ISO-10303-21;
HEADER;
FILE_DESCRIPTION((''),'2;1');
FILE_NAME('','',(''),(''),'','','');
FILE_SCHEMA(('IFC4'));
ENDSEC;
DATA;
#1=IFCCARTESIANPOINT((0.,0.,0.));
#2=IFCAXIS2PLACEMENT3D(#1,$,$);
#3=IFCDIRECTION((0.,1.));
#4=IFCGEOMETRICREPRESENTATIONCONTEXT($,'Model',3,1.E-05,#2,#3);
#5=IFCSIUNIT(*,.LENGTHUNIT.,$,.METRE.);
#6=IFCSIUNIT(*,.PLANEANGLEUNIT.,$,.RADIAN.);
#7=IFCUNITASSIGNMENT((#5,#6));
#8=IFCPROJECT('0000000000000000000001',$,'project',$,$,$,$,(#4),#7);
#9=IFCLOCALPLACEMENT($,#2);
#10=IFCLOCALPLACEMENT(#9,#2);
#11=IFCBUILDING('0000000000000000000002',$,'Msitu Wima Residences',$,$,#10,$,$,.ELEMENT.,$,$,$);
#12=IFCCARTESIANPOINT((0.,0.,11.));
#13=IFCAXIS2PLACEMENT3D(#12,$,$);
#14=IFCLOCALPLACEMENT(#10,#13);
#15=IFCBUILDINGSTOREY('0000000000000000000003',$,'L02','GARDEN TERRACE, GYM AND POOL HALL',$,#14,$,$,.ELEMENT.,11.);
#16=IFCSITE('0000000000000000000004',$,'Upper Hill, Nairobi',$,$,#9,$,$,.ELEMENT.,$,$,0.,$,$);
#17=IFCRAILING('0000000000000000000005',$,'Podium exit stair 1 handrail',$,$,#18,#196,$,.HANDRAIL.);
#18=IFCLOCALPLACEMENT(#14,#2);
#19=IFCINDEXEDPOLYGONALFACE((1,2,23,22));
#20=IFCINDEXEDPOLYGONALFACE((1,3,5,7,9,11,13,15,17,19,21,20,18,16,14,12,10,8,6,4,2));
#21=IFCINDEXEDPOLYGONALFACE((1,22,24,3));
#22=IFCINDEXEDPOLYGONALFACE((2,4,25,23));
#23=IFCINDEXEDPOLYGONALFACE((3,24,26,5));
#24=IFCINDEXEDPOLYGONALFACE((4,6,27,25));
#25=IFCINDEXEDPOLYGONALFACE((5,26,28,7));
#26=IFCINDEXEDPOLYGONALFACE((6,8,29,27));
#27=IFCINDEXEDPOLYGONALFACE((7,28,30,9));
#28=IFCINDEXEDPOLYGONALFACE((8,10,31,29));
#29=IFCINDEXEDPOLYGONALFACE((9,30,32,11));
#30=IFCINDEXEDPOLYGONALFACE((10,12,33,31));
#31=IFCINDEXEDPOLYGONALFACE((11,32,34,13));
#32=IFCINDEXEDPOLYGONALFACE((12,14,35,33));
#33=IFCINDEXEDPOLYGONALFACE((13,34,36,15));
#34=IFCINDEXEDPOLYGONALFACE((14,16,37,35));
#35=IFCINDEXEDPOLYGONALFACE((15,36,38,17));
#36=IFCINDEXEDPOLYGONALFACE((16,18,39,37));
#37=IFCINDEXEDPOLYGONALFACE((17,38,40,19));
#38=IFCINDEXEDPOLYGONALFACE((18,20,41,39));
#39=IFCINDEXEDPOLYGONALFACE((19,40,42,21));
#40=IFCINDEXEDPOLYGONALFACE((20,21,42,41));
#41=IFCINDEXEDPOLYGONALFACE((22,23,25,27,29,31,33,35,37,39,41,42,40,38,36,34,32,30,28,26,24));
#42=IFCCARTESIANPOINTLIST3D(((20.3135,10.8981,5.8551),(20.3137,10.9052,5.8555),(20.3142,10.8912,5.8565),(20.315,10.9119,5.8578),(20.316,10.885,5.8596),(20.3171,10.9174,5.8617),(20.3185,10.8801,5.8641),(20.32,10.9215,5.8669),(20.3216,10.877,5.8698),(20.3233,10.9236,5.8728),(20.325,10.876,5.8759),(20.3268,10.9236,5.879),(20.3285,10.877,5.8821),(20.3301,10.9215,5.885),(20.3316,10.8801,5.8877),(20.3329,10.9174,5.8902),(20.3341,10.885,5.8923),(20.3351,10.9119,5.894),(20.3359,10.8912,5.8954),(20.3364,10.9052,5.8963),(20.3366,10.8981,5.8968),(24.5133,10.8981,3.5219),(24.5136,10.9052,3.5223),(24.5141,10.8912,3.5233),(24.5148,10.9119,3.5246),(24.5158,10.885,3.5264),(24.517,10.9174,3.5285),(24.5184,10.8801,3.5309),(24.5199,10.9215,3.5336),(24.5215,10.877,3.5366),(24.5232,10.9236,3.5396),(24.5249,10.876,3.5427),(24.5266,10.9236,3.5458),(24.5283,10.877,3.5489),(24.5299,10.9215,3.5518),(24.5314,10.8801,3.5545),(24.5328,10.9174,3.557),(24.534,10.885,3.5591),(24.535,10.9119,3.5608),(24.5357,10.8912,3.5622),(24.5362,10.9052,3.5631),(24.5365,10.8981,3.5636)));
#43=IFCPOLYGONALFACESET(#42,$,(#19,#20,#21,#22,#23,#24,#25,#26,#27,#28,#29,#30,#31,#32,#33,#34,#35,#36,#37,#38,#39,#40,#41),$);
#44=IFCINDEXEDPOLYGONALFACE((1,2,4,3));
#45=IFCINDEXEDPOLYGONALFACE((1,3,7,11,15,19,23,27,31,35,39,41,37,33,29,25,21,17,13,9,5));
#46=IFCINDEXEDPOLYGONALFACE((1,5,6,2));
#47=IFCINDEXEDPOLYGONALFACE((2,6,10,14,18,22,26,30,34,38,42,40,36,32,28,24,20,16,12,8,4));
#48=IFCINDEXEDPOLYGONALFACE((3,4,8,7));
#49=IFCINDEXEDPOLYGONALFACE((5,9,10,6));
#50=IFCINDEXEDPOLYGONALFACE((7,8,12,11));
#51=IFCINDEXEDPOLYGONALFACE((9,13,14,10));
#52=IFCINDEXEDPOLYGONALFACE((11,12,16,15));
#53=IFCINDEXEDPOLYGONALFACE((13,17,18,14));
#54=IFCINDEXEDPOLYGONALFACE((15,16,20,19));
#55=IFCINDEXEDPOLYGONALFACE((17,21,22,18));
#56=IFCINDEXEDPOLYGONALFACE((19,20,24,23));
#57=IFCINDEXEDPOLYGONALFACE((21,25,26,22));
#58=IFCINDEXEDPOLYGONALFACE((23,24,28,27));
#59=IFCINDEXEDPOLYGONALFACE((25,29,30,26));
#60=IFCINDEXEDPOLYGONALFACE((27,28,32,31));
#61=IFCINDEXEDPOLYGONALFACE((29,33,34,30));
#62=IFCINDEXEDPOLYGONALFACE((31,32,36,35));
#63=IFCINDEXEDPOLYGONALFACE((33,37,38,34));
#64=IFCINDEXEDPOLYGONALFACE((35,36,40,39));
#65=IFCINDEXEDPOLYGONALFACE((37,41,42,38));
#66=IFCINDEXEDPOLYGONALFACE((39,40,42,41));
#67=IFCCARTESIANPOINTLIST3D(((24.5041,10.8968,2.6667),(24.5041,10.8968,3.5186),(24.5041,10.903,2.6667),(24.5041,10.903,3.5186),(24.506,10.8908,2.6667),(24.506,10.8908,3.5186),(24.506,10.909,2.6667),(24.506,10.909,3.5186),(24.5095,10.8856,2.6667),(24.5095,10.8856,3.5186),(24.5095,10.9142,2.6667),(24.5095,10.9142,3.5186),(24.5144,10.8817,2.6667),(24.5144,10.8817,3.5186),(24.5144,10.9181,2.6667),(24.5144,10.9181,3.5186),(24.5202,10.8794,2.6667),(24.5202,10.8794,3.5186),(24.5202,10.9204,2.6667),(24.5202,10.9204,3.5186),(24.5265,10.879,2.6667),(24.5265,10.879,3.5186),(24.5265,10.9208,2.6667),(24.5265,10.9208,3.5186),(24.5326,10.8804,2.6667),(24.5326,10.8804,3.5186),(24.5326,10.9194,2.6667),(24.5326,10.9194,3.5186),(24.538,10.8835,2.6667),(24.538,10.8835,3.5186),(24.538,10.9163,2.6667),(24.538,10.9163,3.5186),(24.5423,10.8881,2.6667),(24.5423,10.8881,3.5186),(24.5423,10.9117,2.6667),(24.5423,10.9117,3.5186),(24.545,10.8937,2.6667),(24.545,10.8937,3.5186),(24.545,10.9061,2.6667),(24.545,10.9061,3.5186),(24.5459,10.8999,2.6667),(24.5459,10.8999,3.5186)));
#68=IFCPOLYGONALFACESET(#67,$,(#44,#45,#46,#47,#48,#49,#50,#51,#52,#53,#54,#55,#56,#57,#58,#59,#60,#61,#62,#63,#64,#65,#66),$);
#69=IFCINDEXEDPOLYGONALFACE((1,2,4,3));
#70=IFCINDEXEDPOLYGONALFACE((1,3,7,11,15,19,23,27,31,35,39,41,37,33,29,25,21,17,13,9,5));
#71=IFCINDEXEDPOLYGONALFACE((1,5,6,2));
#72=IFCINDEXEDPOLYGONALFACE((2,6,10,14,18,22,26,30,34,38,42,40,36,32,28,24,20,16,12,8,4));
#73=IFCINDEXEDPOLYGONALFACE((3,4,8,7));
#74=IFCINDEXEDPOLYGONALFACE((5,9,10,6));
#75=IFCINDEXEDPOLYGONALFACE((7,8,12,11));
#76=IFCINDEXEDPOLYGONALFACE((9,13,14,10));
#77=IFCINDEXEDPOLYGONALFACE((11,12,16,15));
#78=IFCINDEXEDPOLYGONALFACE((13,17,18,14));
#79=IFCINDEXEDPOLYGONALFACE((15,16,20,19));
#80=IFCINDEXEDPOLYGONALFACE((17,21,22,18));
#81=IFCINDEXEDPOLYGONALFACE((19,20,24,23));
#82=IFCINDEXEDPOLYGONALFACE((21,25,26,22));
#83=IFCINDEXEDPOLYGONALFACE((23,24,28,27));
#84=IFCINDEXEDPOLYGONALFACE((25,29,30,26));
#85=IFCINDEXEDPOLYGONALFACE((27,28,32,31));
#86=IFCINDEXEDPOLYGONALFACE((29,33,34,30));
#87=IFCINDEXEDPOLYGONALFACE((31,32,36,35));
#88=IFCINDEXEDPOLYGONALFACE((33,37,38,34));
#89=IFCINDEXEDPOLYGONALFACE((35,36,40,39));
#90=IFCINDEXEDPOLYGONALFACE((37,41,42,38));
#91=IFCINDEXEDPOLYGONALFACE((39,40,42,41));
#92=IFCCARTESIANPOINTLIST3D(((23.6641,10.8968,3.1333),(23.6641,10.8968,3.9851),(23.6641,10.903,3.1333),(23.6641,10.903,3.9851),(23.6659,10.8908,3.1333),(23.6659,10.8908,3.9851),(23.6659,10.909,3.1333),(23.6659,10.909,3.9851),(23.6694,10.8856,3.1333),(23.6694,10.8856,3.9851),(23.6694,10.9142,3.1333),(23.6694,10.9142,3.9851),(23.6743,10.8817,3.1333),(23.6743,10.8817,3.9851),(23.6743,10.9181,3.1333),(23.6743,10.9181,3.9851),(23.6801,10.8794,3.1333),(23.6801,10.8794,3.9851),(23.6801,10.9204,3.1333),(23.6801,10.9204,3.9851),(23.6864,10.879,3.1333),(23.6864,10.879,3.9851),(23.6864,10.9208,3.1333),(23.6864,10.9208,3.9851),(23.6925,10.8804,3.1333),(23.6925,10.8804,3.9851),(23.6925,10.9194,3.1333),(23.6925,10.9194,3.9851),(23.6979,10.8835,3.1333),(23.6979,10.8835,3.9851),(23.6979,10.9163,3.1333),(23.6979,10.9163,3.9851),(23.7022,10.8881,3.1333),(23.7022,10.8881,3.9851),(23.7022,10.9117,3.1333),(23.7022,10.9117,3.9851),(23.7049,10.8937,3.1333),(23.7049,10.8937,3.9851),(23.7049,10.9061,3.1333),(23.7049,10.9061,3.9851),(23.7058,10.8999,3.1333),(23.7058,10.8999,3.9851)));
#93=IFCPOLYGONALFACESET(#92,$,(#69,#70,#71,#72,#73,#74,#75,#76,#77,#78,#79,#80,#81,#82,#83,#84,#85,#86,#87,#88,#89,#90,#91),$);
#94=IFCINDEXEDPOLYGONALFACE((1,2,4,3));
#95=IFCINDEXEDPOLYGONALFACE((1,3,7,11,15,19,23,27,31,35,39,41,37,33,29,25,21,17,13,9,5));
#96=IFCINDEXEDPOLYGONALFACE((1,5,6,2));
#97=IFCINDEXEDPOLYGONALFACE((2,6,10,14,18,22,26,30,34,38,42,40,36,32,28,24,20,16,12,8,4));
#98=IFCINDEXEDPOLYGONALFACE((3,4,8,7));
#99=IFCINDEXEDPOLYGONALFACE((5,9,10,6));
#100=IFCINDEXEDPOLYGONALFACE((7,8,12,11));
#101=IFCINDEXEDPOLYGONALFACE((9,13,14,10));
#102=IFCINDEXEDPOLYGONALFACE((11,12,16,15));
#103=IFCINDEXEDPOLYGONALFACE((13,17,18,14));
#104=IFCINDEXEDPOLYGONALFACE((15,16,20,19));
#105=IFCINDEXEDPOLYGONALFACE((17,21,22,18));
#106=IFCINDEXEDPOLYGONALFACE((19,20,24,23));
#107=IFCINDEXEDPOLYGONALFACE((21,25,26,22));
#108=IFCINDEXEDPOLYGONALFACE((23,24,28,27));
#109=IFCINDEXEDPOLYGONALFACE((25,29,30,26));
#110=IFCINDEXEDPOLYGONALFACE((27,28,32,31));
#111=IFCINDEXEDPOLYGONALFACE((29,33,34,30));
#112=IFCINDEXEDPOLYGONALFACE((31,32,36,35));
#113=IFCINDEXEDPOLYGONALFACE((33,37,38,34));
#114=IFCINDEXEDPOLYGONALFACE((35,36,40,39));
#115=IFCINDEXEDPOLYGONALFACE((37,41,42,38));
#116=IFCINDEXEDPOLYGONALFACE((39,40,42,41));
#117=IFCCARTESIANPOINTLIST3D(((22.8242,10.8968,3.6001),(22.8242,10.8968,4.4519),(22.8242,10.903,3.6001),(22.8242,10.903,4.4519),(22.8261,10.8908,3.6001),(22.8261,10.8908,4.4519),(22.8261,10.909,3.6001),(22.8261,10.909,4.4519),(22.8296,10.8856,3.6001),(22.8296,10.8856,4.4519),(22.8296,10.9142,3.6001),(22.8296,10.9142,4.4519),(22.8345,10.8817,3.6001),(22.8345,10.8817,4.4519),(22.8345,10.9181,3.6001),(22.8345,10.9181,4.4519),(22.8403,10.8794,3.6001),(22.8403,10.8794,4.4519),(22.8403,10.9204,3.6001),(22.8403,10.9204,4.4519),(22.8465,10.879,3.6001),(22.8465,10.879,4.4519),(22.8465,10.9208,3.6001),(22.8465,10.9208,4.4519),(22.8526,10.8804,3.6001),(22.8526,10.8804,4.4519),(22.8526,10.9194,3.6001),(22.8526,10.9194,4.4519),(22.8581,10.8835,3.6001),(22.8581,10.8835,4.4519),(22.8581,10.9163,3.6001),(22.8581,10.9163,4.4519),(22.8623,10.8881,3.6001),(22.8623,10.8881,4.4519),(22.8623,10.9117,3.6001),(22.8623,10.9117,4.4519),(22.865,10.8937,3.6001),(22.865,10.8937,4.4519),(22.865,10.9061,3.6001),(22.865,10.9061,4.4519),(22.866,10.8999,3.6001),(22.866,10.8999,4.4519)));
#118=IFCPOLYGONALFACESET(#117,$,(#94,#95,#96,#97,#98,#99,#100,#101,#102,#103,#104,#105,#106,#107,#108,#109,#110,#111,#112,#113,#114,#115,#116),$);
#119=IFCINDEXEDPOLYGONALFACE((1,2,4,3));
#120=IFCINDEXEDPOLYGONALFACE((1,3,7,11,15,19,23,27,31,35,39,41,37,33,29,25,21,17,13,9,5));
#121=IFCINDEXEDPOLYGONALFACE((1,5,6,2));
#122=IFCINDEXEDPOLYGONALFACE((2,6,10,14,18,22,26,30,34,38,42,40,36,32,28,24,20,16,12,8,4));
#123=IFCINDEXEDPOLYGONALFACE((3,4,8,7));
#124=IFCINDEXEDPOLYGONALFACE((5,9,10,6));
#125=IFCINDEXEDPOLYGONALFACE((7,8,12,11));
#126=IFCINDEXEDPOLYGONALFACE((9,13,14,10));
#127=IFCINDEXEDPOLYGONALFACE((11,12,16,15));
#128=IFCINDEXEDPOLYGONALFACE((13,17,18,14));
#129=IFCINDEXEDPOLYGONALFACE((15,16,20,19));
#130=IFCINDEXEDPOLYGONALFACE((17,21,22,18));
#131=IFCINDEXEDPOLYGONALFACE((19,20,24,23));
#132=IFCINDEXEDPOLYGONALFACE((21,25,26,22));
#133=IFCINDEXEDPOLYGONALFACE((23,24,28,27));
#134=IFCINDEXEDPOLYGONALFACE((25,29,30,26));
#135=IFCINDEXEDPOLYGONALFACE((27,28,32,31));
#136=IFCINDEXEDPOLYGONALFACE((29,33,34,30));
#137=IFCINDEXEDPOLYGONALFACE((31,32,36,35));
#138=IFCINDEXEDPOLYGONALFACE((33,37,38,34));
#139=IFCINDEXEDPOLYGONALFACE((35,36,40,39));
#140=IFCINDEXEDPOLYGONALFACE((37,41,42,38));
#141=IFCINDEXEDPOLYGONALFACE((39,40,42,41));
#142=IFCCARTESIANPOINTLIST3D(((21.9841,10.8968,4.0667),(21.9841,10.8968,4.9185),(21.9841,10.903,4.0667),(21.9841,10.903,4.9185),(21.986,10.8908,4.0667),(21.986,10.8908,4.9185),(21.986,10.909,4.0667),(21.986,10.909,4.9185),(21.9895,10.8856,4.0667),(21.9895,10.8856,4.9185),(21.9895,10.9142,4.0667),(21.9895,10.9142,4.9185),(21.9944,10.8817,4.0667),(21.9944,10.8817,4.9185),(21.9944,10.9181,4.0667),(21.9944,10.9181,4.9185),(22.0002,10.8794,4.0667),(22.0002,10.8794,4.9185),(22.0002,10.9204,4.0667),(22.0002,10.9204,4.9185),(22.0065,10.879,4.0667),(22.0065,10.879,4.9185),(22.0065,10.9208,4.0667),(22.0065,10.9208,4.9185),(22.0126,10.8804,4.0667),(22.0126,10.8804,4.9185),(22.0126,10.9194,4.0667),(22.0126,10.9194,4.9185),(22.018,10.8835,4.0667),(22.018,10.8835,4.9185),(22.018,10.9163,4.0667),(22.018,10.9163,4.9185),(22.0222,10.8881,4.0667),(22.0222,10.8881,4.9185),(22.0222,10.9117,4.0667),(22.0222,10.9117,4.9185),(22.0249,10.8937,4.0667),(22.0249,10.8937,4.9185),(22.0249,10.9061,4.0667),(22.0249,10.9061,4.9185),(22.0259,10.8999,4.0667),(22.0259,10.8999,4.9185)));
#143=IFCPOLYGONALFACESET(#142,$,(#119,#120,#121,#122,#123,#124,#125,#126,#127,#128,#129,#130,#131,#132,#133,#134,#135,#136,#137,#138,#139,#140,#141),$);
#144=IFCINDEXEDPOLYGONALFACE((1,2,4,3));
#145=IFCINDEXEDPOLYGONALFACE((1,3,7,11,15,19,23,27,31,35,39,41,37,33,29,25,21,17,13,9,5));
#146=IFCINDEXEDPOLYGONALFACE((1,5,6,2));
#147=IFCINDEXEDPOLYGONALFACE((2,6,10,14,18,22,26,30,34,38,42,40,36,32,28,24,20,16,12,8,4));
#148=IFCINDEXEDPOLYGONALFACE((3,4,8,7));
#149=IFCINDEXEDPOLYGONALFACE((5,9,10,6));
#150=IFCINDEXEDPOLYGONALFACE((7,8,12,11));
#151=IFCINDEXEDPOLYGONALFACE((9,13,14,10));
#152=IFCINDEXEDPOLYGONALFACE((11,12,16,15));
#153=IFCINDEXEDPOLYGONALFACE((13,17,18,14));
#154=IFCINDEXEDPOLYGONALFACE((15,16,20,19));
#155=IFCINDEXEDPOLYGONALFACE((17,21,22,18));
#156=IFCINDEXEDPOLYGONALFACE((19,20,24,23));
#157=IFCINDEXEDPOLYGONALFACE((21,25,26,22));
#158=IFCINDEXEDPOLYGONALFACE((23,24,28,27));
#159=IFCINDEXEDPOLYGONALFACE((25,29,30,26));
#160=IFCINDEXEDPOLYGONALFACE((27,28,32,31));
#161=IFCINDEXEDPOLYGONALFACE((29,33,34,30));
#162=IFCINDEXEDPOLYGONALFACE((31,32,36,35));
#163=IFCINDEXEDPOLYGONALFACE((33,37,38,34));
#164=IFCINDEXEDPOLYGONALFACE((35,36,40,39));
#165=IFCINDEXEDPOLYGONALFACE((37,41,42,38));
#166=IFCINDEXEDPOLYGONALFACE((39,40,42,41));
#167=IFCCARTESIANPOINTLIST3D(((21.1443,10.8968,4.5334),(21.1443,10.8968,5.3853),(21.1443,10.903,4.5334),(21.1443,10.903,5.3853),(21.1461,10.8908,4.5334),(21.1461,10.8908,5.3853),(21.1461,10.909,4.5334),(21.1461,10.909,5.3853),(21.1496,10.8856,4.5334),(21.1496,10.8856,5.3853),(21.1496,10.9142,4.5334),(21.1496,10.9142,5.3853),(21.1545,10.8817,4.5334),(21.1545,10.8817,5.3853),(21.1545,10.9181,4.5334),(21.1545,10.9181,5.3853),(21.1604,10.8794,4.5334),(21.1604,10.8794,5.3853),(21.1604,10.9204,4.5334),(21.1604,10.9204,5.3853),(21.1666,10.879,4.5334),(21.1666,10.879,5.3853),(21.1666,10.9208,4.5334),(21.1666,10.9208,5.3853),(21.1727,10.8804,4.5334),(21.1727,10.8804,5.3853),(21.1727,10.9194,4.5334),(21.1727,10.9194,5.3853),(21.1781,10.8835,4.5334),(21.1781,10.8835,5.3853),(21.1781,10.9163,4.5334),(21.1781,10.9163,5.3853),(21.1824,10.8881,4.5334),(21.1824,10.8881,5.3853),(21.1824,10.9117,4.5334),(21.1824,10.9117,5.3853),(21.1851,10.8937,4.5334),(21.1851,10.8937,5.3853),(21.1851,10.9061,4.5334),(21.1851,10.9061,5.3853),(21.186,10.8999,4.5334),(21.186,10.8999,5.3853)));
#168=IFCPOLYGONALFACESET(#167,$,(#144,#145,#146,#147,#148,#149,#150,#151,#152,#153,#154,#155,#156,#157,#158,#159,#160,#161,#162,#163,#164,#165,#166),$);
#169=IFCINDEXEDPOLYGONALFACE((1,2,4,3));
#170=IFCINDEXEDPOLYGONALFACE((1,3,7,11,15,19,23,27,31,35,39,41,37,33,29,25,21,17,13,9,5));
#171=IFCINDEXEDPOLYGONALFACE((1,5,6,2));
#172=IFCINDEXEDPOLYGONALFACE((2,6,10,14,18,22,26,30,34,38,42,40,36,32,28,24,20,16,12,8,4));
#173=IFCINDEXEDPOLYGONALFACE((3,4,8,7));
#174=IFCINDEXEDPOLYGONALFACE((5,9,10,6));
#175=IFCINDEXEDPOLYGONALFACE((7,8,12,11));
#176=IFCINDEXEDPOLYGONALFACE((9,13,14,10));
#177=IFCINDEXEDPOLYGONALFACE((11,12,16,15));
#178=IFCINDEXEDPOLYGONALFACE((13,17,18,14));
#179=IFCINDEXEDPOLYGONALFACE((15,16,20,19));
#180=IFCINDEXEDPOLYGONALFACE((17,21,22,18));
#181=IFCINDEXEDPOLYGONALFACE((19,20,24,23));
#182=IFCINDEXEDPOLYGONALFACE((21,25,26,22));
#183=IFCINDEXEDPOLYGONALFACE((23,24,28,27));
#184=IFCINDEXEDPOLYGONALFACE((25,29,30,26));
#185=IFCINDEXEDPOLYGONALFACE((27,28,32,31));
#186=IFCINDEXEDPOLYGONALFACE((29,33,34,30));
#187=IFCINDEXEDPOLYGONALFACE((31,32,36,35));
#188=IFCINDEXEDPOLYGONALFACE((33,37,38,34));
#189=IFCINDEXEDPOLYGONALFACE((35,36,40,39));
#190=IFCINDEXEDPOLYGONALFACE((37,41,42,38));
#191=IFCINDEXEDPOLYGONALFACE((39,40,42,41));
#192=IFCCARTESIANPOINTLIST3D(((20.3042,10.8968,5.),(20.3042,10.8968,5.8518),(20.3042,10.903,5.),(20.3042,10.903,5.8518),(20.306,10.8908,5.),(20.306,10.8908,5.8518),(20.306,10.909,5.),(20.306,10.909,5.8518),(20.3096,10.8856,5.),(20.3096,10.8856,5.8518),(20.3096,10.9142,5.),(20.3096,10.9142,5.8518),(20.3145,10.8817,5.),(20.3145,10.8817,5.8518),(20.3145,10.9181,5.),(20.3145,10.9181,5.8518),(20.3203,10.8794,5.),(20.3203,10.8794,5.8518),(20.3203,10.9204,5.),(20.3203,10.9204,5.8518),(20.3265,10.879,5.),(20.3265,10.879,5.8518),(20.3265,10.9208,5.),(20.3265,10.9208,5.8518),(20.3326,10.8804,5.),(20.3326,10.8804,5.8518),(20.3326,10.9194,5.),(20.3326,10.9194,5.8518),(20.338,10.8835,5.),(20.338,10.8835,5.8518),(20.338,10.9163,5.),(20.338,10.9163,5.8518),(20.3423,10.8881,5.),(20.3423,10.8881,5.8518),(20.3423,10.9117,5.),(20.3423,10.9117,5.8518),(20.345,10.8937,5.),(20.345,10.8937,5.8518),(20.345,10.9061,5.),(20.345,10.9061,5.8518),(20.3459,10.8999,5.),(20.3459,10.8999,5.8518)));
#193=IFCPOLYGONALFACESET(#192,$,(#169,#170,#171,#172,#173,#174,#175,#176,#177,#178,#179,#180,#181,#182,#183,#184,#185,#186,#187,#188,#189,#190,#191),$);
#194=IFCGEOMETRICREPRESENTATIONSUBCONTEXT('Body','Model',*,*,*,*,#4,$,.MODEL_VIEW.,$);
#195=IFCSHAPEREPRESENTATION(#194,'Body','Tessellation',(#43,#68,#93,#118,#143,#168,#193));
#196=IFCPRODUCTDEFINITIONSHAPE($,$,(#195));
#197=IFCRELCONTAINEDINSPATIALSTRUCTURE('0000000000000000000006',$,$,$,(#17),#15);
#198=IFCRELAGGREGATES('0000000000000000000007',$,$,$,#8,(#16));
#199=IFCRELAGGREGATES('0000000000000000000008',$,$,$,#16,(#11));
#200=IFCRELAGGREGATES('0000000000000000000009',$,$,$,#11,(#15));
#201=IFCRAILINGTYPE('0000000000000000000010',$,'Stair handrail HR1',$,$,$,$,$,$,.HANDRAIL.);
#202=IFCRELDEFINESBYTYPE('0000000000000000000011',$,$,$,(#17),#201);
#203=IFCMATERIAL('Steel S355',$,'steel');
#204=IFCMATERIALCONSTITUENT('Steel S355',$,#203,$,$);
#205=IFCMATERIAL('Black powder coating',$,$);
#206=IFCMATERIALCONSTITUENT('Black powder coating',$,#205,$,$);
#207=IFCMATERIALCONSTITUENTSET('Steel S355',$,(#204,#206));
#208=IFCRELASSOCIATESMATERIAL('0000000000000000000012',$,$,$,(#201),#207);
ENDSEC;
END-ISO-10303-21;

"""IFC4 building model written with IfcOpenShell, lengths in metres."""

from ifc_helpers import new_model, si_unit, direction, frame, origin, origin_2d, place, context, subcontext, project, spatial, circle, extrude, material, constituent, constituent_set, type_object, element, save


model = new_model("IFC4")

# Units and contexts
model_context = context("Model", 3, precision=1e-05, world=origin(), true_north=direction((0.0, 1.0)))
body_context = subcontext(model_context, "Body", "Model", "MODEL_VIEW")
ifc_project = project(units=[si_unit("LENGTHUNIT", "METRE"), si_unit("PLANEANGLEUNIT", "RADIAN")], contexts=[model_context])

# Site, building, storey
site_placement = place(None, origin())
site = spatial("IfcSite", under=ifc_project, at=site_placement, Name="Upper Hill, Nairobi", CompositionType="ELEMENT", RefElevation=0.0)
building_placement = place(site_placement, origin())
building = spatial("IfcBuilding", under=site, at=building_placement, Name="Msitu Wima Residences", CompositionType="ELEMENT")
storey_placement = place(building_placement, frame((0.0, 0.0, 11.0)))
storey = spatial("IfcBuildingStorey", under=building, at=storey_placement, Name="L02", Description="GARDEN TERRACE, GYM AND POOL HALL", CompositionType="ELEMENT", Elevation=11.0)

# Railing
ifc_material_1 = material(Name="Steel S355", Category="steel")
ifc_constituent_1 = constituent(ifc_material_1, Name="Steel S355")
ifc_material_2 = material(Name="Black powder coating")
ifc_constituent_2 = constituent(ifc_material_2, Name="Black powder coating")
ifc_constituent_set = constituent_set(constituents=[ifc_constituent_1, ifc_constituent_2], Name="Steel S355")
railing_type = type_object("IfcRailingType", Name="Stair handrail HR1", PredefinedType="HANDRAIL", material=ifc_constituent_set)
for number, where, name in (
    (1, (24.5249, 10.8999, 2.6667), "Podium exit stair 1 handrail"),
):
    element("IfcRailing", number, at=place(storey_placement, frame(where)), inside=storey, type_object=railing_type, Name=name, PredefinedType="HANDRAIL", context=body_context, shape_type="SweptSolid", body=[
        extrude(circle(Radius=0.0239, at=origin_2d()), frame((0.0, 0.0, 0.876), z_axis=(-0.874162, 0.0, 0.485634), x_axis=(0.0, -1.0, 0.0)), (0.0, 0.0, 1.0), 4.8044),
        extrude(circle(Radius=0.021, at=origin_2d()), origin(), (0.0, 0.0, 1.0), 0.8518),
        extrude(circle(Radius=0.021, at=origin_2d()), frame((-0.8401, 0.0, 0.4666)), (0.0, 0.0, 1.0), 0.8518),
        extrude(circle(Radius=0.021, at=origin_2d()), frame((-1.6799, 0.0, 0.9333)), (0.0, 0.0, 1.0), 0.8518),
        extrude(circle(Radius=0.021, at=origin_2d()), frame((-2.52, 0.0, 1.3999)), (0.0, 0.0, 1.0), 0.8518),
        extrude(circle(Radius=0.021, at=origin_2d()), frame((-3.3599, 0.0, 1.8667)), (0.0, 0.0, 1.0), 0.8518),
        extrude(circle(Radius=0.021, at=origin_2d()), frame((-4.2, 0.0, 2.3333)), (0.0, 0.0, 1.0), 0.8518),
    ])

save(model, "model.ifc")
